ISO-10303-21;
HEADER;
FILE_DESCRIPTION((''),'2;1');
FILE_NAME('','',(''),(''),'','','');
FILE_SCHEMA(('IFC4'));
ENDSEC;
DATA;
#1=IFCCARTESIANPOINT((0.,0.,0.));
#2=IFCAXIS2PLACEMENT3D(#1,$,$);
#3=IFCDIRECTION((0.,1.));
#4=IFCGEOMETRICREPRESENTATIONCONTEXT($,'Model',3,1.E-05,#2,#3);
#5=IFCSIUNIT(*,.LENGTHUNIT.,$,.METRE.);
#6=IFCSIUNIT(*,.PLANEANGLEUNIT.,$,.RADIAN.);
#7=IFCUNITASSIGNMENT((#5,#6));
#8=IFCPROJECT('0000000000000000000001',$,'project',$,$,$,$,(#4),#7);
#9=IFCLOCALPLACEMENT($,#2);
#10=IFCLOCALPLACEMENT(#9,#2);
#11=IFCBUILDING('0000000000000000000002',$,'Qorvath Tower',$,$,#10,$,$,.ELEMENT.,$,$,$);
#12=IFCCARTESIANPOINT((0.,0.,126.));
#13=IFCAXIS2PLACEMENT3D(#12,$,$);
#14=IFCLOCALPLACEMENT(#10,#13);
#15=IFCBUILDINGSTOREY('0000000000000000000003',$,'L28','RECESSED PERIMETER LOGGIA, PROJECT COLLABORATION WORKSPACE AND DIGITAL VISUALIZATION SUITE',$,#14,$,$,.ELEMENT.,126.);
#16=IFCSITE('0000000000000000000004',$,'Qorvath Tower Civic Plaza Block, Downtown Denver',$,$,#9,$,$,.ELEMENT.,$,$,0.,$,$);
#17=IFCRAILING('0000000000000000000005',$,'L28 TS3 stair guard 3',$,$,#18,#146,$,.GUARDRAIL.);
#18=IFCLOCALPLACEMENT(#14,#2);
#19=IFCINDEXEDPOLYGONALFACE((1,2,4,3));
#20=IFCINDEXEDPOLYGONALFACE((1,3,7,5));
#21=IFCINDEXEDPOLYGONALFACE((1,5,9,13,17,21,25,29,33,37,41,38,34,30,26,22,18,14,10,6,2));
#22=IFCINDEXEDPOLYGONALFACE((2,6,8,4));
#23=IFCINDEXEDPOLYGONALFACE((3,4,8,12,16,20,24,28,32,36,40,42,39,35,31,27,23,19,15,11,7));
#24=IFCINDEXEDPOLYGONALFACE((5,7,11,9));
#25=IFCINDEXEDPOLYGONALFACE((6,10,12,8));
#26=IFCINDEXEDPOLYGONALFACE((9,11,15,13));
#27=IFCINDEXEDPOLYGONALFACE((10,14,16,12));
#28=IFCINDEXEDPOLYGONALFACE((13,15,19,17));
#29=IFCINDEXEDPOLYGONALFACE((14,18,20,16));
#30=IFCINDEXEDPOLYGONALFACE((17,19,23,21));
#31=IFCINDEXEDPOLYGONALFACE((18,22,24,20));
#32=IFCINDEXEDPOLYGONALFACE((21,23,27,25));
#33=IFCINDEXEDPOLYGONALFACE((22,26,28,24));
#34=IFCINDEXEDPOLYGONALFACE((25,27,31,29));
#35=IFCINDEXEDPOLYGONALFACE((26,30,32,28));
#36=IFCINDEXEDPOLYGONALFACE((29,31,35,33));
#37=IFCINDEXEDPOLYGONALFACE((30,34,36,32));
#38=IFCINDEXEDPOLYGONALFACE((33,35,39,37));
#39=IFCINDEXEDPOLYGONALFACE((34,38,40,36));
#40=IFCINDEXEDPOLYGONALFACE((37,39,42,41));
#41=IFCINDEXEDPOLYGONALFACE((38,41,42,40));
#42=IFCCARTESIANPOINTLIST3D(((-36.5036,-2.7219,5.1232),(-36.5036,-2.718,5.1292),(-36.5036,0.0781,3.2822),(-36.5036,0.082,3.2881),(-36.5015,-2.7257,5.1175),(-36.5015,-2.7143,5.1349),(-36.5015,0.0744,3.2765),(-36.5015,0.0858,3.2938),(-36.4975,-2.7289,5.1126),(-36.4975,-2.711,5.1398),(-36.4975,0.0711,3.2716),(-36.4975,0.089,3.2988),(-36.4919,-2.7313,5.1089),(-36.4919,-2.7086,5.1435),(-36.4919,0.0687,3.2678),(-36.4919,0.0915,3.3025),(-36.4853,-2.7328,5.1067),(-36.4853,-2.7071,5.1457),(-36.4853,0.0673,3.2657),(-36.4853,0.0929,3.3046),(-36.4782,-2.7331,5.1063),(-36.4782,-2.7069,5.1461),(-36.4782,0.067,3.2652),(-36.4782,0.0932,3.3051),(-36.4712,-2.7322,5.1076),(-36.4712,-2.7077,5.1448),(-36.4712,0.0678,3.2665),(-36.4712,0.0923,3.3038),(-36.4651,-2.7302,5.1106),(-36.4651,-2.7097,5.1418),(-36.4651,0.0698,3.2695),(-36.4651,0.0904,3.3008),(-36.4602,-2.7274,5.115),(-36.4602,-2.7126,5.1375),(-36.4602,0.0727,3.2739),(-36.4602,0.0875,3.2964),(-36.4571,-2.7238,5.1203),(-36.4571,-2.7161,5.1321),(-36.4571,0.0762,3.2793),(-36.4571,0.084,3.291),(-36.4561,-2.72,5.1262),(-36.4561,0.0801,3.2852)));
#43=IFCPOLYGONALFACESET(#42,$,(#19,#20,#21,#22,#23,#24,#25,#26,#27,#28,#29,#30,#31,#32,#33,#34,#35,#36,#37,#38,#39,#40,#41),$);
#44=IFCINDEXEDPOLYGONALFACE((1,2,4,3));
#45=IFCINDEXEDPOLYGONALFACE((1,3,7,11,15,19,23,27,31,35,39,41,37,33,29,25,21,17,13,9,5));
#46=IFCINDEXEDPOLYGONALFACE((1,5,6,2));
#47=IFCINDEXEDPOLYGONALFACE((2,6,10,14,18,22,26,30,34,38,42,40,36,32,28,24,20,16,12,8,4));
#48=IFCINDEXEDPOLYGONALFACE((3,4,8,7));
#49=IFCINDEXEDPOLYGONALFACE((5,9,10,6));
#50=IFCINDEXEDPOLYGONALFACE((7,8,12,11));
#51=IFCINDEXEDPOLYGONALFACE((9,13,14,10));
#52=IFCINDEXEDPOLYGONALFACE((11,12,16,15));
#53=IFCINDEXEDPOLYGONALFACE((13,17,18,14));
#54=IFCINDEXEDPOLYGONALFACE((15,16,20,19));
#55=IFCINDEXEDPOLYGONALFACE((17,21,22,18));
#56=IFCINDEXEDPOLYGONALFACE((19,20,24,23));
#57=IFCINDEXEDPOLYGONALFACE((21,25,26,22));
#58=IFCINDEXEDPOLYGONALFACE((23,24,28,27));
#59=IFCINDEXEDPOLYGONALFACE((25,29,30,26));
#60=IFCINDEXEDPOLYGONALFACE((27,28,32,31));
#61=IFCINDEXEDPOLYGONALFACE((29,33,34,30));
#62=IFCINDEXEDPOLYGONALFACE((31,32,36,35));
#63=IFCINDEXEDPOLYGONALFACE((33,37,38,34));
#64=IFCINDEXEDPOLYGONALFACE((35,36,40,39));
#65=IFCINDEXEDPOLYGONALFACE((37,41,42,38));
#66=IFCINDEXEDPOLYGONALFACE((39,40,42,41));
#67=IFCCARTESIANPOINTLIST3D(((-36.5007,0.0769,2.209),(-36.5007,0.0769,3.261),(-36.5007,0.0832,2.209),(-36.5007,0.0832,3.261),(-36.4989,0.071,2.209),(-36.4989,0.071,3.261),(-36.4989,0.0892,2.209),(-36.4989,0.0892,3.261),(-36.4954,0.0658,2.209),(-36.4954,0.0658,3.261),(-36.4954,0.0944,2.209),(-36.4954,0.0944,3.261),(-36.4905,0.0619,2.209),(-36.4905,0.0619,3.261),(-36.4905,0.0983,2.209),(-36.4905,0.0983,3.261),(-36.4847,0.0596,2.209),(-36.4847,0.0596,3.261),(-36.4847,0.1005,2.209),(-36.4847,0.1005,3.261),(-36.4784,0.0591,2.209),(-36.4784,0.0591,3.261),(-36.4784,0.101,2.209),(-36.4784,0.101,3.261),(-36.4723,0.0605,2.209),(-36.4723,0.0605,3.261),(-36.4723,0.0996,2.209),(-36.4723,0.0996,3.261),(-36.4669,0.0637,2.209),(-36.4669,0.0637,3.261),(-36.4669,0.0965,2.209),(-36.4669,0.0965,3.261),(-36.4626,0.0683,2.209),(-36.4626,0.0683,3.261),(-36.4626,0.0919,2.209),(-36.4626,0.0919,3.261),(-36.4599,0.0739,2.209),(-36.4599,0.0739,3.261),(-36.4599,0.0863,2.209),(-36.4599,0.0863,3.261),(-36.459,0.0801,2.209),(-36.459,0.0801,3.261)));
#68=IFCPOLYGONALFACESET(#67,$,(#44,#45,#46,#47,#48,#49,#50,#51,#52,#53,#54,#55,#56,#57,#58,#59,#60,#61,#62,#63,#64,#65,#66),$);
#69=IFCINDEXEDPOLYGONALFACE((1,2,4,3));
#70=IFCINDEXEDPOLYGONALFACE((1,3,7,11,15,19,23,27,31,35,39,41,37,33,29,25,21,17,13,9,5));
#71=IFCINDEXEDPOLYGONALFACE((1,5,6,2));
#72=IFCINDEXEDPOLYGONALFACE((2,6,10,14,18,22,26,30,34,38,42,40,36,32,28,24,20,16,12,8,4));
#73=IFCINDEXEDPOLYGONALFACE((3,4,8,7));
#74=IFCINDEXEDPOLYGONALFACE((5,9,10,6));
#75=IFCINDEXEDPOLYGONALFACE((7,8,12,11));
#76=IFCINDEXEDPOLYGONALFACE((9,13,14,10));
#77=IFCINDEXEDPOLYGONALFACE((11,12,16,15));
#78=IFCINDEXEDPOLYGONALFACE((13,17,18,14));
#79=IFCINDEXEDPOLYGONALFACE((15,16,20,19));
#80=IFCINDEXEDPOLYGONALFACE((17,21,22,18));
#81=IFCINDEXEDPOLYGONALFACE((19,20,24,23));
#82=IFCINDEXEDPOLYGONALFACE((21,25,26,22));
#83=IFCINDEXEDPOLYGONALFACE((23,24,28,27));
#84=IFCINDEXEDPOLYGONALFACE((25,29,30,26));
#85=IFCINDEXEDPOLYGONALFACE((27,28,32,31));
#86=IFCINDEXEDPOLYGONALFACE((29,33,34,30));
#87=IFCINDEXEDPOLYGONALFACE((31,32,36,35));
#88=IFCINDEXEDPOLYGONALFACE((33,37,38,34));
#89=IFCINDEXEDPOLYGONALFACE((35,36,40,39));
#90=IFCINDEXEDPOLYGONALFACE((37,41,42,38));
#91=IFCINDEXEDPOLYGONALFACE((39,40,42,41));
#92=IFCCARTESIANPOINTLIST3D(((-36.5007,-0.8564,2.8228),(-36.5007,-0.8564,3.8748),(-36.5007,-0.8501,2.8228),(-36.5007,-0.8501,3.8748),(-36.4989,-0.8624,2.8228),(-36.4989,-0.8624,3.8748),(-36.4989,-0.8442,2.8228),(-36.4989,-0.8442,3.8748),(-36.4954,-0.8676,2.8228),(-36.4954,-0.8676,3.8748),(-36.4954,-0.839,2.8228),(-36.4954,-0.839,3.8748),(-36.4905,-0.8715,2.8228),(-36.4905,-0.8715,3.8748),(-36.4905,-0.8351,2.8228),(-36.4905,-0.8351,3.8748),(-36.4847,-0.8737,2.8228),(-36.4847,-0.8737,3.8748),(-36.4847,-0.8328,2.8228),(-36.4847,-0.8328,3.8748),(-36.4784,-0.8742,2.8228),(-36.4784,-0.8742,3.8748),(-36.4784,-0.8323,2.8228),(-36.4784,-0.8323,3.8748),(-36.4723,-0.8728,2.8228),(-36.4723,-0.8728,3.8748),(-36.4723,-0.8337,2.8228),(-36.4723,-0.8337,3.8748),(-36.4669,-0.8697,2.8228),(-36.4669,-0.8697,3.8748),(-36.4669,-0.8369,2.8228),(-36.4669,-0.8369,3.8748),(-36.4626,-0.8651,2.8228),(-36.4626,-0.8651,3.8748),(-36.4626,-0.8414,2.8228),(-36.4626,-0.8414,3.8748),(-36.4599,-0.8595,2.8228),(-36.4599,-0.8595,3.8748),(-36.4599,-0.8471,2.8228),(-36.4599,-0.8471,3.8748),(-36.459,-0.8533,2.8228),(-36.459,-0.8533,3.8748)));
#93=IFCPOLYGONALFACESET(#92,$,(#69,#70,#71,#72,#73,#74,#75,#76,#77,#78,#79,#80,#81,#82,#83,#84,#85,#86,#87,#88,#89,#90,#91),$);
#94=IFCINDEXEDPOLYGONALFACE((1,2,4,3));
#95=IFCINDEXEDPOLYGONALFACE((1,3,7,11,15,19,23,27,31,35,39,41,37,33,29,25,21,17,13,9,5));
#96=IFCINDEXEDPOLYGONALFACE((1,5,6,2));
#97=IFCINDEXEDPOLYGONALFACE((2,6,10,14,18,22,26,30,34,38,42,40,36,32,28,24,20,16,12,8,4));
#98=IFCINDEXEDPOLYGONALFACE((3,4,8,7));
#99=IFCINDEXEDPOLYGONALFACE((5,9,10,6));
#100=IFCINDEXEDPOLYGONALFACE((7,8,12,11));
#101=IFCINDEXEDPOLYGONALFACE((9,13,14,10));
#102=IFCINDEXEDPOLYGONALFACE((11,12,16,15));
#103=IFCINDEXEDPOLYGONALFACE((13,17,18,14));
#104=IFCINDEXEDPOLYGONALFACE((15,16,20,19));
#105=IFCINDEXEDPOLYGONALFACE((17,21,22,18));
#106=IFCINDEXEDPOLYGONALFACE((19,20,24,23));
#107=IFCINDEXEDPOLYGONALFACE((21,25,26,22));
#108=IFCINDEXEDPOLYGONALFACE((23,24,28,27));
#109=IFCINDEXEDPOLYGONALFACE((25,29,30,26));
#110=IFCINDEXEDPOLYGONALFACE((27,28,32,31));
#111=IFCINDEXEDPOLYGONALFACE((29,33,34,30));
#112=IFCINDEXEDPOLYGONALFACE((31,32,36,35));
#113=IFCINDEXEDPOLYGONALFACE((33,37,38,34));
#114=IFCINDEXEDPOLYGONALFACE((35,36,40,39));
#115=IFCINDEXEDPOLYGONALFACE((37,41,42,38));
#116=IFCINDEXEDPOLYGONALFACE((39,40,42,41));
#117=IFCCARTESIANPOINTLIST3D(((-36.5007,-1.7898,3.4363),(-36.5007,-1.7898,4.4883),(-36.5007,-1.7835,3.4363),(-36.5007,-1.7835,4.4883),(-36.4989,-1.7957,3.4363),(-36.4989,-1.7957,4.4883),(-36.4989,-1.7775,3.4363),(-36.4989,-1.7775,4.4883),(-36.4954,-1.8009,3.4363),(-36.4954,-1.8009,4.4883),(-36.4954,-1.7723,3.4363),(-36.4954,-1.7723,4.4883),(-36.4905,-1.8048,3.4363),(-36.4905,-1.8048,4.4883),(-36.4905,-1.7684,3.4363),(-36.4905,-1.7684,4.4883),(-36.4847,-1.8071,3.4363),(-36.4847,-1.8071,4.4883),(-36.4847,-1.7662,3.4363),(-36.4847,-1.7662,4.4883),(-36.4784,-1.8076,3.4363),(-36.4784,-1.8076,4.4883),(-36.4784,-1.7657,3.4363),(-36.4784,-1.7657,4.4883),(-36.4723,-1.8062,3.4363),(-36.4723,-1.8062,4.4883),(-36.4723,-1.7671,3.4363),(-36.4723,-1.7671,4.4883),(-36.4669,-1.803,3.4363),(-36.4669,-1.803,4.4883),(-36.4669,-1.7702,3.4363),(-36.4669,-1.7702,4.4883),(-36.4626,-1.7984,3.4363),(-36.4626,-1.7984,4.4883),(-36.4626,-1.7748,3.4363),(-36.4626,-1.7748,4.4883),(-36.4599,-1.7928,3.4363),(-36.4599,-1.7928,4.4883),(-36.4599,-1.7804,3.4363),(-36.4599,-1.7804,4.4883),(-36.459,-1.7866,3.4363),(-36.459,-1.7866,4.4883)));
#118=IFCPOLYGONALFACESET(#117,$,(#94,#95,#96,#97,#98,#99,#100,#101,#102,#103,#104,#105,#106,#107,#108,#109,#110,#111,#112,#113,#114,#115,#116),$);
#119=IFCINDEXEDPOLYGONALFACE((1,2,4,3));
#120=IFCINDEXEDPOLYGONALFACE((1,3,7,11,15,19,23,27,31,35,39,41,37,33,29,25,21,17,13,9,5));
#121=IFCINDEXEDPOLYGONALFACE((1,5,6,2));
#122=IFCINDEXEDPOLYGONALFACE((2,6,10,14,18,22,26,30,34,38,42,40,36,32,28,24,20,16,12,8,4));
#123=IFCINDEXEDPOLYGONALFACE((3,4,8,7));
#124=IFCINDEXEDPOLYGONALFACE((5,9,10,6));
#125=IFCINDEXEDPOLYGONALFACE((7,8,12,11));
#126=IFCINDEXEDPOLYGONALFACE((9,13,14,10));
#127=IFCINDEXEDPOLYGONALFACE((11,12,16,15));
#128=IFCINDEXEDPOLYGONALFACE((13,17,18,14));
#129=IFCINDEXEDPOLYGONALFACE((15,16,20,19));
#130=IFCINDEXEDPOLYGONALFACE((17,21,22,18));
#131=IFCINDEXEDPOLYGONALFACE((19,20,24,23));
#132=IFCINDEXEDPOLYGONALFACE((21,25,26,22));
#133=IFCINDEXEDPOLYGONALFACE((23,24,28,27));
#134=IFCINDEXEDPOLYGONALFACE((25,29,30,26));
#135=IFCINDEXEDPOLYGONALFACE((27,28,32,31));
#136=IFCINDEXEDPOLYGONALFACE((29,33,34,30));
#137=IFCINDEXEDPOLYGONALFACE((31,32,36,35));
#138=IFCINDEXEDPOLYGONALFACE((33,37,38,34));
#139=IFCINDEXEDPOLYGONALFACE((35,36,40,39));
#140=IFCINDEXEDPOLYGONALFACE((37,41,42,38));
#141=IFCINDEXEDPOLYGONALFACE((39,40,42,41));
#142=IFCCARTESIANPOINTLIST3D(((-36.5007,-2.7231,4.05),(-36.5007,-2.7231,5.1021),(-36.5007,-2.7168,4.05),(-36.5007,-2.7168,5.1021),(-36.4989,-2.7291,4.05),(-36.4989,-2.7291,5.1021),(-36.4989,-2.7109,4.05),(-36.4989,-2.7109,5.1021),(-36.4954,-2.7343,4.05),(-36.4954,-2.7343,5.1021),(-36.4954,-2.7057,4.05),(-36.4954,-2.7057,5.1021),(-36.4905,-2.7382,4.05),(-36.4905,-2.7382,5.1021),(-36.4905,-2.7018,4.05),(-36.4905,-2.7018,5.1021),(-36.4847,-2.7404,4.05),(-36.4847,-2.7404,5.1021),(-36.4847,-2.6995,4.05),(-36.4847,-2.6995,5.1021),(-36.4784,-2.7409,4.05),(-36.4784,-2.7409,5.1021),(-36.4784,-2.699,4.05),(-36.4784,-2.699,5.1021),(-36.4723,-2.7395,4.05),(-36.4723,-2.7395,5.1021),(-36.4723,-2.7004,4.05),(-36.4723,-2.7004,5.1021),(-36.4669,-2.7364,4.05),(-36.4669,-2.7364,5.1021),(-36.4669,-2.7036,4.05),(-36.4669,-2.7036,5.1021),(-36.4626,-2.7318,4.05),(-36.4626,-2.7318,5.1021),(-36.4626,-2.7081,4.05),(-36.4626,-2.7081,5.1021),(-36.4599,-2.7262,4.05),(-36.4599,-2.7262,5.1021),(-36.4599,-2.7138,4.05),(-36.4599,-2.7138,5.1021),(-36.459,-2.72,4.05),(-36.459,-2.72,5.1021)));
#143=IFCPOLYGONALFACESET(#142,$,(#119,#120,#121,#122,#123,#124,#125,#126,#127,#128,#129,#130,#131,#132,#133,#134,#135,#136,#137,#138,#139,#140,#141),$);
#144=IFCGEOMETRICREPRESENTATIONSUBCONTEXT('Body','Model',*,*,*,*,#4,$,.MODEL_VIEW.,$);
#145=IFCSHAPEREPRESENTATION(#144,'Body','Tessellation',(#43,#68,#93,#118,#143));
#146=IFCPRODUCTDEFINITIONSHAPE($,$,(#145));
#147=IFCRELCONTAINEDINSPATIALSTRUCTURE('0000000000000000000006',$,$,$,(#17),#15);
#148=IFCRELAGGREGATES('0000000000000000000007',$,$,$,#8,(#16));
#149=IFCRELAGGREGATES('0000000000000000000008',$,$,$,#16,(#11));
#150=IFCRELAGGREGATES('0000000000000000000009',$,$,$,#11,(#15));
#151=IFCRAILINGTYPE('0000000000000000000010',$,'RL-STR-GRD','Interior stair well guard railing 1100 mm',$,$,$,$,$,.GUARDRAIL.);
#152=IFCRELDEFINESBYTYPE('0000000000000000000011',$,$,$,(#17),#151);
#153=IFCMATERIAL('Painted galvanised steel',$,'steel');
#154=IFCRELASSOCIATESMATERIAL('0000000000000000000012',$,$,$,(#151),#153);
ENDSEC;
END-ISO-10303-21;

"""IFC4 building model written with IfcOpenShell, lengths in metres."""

from ifc_helpers import new_model, si_unit, direction, frame, origin, origin_2d, place, context, subcontext, project, spatial, circle, extrude, material, type_object, element, save


model = new_model("IFC4")

# Units and contexts
model_context = context("Model", 3, precision=1e-05, world=origin(), true_north=direction((0.0, 1.0)))
body_context = subcontext(model_context, "Body", "Model", "MODEL_VIEW")
ifc_project = project(units=[si_unit("LENGTHUNIT", "METRE"), si_unit("PLANEANGLEUNIT", "RADIAN")], contexts=[model_context])

# Site, building, storey
site_placement = place(None, origin())
site = spatial("IfcSite", under=ifc_project, at=site_placement, Name="Qorvath Tower Civic Plaza Block, Downtown Denver", CompositionType="ELEMENT", RefElevation=0.0)
building_placement = place(site_placement, origin())
building = spatial("IfcBuilding", under=site, at=building_placement, Name="Qorvath Tower", CompositionType="ELEMENT")
storey_placement = place(building_placement, frame((0.0, 0.0, 126.0)))
storey = spatial("IfcBuildingStorey", under=building, at=storey_placement, Name="L28", Description="RECESSED PERIMETER LOGGIA, PROJECT COLLABORATION WORKSPACE AND DIGITAL VISUALIZATION SUITE", CompositionType="ELEMENT", Elevation=126.0)

# Railing
ifc_material_1 = material(Name="Painted galvanised steel", Category="steel")
railing_type_1 = type_object("IfcRailingType", Name="RL-STR-GRD", Description="Interior stair well guard railing 1100 mm", PredefinedType="GUARDRAIL", material=ifc_material_1)
railing_1_placement = place(storey_placement, frame((-36.48, 0.0801, 2.209)))
element("IfcRailing", 1, at=railing_1_placement, inside=storey, type_object=railing_type_1, Name="L28 TS3 stair guard 3", PredefinedType="GUARDRAIL", context=body_context, shape_type="SweptSolid", body=[
    extrude(circle(Radius=0.0239, at=origin_2d()), frame((0.0, 0.0, 1.0762), z_axis=(0.0, -0.835564, 0.549393), x_axis=(1.0, 0.0, 0.0)), (0.0, 0.0, 1.0), 3.3511),
    extrude(circle(Radius=0.021, at=origin_2d()), origin(), (0.0, 0.0, 1.0), 1.052),
    extrude(circle(Radius=0.021, at=origin_2d()), frame((0.0, -0.9333, 0.6138)), (0.0, 0.0, 1.0), 1.052),
    extrude(circle(Radius=0.021, at=origin_2d()), frame((0.0, -1.8667, 1.2273)), (0.0, 0.0, 1.0), 1.052),
    extrude(circle(Radius=0.021, at=origin_2d()), frame((0.0, -2.8, 1.8411)), (0.0, 0.0, 1.0), 1.052),
])

save(model, "model.ifc")
